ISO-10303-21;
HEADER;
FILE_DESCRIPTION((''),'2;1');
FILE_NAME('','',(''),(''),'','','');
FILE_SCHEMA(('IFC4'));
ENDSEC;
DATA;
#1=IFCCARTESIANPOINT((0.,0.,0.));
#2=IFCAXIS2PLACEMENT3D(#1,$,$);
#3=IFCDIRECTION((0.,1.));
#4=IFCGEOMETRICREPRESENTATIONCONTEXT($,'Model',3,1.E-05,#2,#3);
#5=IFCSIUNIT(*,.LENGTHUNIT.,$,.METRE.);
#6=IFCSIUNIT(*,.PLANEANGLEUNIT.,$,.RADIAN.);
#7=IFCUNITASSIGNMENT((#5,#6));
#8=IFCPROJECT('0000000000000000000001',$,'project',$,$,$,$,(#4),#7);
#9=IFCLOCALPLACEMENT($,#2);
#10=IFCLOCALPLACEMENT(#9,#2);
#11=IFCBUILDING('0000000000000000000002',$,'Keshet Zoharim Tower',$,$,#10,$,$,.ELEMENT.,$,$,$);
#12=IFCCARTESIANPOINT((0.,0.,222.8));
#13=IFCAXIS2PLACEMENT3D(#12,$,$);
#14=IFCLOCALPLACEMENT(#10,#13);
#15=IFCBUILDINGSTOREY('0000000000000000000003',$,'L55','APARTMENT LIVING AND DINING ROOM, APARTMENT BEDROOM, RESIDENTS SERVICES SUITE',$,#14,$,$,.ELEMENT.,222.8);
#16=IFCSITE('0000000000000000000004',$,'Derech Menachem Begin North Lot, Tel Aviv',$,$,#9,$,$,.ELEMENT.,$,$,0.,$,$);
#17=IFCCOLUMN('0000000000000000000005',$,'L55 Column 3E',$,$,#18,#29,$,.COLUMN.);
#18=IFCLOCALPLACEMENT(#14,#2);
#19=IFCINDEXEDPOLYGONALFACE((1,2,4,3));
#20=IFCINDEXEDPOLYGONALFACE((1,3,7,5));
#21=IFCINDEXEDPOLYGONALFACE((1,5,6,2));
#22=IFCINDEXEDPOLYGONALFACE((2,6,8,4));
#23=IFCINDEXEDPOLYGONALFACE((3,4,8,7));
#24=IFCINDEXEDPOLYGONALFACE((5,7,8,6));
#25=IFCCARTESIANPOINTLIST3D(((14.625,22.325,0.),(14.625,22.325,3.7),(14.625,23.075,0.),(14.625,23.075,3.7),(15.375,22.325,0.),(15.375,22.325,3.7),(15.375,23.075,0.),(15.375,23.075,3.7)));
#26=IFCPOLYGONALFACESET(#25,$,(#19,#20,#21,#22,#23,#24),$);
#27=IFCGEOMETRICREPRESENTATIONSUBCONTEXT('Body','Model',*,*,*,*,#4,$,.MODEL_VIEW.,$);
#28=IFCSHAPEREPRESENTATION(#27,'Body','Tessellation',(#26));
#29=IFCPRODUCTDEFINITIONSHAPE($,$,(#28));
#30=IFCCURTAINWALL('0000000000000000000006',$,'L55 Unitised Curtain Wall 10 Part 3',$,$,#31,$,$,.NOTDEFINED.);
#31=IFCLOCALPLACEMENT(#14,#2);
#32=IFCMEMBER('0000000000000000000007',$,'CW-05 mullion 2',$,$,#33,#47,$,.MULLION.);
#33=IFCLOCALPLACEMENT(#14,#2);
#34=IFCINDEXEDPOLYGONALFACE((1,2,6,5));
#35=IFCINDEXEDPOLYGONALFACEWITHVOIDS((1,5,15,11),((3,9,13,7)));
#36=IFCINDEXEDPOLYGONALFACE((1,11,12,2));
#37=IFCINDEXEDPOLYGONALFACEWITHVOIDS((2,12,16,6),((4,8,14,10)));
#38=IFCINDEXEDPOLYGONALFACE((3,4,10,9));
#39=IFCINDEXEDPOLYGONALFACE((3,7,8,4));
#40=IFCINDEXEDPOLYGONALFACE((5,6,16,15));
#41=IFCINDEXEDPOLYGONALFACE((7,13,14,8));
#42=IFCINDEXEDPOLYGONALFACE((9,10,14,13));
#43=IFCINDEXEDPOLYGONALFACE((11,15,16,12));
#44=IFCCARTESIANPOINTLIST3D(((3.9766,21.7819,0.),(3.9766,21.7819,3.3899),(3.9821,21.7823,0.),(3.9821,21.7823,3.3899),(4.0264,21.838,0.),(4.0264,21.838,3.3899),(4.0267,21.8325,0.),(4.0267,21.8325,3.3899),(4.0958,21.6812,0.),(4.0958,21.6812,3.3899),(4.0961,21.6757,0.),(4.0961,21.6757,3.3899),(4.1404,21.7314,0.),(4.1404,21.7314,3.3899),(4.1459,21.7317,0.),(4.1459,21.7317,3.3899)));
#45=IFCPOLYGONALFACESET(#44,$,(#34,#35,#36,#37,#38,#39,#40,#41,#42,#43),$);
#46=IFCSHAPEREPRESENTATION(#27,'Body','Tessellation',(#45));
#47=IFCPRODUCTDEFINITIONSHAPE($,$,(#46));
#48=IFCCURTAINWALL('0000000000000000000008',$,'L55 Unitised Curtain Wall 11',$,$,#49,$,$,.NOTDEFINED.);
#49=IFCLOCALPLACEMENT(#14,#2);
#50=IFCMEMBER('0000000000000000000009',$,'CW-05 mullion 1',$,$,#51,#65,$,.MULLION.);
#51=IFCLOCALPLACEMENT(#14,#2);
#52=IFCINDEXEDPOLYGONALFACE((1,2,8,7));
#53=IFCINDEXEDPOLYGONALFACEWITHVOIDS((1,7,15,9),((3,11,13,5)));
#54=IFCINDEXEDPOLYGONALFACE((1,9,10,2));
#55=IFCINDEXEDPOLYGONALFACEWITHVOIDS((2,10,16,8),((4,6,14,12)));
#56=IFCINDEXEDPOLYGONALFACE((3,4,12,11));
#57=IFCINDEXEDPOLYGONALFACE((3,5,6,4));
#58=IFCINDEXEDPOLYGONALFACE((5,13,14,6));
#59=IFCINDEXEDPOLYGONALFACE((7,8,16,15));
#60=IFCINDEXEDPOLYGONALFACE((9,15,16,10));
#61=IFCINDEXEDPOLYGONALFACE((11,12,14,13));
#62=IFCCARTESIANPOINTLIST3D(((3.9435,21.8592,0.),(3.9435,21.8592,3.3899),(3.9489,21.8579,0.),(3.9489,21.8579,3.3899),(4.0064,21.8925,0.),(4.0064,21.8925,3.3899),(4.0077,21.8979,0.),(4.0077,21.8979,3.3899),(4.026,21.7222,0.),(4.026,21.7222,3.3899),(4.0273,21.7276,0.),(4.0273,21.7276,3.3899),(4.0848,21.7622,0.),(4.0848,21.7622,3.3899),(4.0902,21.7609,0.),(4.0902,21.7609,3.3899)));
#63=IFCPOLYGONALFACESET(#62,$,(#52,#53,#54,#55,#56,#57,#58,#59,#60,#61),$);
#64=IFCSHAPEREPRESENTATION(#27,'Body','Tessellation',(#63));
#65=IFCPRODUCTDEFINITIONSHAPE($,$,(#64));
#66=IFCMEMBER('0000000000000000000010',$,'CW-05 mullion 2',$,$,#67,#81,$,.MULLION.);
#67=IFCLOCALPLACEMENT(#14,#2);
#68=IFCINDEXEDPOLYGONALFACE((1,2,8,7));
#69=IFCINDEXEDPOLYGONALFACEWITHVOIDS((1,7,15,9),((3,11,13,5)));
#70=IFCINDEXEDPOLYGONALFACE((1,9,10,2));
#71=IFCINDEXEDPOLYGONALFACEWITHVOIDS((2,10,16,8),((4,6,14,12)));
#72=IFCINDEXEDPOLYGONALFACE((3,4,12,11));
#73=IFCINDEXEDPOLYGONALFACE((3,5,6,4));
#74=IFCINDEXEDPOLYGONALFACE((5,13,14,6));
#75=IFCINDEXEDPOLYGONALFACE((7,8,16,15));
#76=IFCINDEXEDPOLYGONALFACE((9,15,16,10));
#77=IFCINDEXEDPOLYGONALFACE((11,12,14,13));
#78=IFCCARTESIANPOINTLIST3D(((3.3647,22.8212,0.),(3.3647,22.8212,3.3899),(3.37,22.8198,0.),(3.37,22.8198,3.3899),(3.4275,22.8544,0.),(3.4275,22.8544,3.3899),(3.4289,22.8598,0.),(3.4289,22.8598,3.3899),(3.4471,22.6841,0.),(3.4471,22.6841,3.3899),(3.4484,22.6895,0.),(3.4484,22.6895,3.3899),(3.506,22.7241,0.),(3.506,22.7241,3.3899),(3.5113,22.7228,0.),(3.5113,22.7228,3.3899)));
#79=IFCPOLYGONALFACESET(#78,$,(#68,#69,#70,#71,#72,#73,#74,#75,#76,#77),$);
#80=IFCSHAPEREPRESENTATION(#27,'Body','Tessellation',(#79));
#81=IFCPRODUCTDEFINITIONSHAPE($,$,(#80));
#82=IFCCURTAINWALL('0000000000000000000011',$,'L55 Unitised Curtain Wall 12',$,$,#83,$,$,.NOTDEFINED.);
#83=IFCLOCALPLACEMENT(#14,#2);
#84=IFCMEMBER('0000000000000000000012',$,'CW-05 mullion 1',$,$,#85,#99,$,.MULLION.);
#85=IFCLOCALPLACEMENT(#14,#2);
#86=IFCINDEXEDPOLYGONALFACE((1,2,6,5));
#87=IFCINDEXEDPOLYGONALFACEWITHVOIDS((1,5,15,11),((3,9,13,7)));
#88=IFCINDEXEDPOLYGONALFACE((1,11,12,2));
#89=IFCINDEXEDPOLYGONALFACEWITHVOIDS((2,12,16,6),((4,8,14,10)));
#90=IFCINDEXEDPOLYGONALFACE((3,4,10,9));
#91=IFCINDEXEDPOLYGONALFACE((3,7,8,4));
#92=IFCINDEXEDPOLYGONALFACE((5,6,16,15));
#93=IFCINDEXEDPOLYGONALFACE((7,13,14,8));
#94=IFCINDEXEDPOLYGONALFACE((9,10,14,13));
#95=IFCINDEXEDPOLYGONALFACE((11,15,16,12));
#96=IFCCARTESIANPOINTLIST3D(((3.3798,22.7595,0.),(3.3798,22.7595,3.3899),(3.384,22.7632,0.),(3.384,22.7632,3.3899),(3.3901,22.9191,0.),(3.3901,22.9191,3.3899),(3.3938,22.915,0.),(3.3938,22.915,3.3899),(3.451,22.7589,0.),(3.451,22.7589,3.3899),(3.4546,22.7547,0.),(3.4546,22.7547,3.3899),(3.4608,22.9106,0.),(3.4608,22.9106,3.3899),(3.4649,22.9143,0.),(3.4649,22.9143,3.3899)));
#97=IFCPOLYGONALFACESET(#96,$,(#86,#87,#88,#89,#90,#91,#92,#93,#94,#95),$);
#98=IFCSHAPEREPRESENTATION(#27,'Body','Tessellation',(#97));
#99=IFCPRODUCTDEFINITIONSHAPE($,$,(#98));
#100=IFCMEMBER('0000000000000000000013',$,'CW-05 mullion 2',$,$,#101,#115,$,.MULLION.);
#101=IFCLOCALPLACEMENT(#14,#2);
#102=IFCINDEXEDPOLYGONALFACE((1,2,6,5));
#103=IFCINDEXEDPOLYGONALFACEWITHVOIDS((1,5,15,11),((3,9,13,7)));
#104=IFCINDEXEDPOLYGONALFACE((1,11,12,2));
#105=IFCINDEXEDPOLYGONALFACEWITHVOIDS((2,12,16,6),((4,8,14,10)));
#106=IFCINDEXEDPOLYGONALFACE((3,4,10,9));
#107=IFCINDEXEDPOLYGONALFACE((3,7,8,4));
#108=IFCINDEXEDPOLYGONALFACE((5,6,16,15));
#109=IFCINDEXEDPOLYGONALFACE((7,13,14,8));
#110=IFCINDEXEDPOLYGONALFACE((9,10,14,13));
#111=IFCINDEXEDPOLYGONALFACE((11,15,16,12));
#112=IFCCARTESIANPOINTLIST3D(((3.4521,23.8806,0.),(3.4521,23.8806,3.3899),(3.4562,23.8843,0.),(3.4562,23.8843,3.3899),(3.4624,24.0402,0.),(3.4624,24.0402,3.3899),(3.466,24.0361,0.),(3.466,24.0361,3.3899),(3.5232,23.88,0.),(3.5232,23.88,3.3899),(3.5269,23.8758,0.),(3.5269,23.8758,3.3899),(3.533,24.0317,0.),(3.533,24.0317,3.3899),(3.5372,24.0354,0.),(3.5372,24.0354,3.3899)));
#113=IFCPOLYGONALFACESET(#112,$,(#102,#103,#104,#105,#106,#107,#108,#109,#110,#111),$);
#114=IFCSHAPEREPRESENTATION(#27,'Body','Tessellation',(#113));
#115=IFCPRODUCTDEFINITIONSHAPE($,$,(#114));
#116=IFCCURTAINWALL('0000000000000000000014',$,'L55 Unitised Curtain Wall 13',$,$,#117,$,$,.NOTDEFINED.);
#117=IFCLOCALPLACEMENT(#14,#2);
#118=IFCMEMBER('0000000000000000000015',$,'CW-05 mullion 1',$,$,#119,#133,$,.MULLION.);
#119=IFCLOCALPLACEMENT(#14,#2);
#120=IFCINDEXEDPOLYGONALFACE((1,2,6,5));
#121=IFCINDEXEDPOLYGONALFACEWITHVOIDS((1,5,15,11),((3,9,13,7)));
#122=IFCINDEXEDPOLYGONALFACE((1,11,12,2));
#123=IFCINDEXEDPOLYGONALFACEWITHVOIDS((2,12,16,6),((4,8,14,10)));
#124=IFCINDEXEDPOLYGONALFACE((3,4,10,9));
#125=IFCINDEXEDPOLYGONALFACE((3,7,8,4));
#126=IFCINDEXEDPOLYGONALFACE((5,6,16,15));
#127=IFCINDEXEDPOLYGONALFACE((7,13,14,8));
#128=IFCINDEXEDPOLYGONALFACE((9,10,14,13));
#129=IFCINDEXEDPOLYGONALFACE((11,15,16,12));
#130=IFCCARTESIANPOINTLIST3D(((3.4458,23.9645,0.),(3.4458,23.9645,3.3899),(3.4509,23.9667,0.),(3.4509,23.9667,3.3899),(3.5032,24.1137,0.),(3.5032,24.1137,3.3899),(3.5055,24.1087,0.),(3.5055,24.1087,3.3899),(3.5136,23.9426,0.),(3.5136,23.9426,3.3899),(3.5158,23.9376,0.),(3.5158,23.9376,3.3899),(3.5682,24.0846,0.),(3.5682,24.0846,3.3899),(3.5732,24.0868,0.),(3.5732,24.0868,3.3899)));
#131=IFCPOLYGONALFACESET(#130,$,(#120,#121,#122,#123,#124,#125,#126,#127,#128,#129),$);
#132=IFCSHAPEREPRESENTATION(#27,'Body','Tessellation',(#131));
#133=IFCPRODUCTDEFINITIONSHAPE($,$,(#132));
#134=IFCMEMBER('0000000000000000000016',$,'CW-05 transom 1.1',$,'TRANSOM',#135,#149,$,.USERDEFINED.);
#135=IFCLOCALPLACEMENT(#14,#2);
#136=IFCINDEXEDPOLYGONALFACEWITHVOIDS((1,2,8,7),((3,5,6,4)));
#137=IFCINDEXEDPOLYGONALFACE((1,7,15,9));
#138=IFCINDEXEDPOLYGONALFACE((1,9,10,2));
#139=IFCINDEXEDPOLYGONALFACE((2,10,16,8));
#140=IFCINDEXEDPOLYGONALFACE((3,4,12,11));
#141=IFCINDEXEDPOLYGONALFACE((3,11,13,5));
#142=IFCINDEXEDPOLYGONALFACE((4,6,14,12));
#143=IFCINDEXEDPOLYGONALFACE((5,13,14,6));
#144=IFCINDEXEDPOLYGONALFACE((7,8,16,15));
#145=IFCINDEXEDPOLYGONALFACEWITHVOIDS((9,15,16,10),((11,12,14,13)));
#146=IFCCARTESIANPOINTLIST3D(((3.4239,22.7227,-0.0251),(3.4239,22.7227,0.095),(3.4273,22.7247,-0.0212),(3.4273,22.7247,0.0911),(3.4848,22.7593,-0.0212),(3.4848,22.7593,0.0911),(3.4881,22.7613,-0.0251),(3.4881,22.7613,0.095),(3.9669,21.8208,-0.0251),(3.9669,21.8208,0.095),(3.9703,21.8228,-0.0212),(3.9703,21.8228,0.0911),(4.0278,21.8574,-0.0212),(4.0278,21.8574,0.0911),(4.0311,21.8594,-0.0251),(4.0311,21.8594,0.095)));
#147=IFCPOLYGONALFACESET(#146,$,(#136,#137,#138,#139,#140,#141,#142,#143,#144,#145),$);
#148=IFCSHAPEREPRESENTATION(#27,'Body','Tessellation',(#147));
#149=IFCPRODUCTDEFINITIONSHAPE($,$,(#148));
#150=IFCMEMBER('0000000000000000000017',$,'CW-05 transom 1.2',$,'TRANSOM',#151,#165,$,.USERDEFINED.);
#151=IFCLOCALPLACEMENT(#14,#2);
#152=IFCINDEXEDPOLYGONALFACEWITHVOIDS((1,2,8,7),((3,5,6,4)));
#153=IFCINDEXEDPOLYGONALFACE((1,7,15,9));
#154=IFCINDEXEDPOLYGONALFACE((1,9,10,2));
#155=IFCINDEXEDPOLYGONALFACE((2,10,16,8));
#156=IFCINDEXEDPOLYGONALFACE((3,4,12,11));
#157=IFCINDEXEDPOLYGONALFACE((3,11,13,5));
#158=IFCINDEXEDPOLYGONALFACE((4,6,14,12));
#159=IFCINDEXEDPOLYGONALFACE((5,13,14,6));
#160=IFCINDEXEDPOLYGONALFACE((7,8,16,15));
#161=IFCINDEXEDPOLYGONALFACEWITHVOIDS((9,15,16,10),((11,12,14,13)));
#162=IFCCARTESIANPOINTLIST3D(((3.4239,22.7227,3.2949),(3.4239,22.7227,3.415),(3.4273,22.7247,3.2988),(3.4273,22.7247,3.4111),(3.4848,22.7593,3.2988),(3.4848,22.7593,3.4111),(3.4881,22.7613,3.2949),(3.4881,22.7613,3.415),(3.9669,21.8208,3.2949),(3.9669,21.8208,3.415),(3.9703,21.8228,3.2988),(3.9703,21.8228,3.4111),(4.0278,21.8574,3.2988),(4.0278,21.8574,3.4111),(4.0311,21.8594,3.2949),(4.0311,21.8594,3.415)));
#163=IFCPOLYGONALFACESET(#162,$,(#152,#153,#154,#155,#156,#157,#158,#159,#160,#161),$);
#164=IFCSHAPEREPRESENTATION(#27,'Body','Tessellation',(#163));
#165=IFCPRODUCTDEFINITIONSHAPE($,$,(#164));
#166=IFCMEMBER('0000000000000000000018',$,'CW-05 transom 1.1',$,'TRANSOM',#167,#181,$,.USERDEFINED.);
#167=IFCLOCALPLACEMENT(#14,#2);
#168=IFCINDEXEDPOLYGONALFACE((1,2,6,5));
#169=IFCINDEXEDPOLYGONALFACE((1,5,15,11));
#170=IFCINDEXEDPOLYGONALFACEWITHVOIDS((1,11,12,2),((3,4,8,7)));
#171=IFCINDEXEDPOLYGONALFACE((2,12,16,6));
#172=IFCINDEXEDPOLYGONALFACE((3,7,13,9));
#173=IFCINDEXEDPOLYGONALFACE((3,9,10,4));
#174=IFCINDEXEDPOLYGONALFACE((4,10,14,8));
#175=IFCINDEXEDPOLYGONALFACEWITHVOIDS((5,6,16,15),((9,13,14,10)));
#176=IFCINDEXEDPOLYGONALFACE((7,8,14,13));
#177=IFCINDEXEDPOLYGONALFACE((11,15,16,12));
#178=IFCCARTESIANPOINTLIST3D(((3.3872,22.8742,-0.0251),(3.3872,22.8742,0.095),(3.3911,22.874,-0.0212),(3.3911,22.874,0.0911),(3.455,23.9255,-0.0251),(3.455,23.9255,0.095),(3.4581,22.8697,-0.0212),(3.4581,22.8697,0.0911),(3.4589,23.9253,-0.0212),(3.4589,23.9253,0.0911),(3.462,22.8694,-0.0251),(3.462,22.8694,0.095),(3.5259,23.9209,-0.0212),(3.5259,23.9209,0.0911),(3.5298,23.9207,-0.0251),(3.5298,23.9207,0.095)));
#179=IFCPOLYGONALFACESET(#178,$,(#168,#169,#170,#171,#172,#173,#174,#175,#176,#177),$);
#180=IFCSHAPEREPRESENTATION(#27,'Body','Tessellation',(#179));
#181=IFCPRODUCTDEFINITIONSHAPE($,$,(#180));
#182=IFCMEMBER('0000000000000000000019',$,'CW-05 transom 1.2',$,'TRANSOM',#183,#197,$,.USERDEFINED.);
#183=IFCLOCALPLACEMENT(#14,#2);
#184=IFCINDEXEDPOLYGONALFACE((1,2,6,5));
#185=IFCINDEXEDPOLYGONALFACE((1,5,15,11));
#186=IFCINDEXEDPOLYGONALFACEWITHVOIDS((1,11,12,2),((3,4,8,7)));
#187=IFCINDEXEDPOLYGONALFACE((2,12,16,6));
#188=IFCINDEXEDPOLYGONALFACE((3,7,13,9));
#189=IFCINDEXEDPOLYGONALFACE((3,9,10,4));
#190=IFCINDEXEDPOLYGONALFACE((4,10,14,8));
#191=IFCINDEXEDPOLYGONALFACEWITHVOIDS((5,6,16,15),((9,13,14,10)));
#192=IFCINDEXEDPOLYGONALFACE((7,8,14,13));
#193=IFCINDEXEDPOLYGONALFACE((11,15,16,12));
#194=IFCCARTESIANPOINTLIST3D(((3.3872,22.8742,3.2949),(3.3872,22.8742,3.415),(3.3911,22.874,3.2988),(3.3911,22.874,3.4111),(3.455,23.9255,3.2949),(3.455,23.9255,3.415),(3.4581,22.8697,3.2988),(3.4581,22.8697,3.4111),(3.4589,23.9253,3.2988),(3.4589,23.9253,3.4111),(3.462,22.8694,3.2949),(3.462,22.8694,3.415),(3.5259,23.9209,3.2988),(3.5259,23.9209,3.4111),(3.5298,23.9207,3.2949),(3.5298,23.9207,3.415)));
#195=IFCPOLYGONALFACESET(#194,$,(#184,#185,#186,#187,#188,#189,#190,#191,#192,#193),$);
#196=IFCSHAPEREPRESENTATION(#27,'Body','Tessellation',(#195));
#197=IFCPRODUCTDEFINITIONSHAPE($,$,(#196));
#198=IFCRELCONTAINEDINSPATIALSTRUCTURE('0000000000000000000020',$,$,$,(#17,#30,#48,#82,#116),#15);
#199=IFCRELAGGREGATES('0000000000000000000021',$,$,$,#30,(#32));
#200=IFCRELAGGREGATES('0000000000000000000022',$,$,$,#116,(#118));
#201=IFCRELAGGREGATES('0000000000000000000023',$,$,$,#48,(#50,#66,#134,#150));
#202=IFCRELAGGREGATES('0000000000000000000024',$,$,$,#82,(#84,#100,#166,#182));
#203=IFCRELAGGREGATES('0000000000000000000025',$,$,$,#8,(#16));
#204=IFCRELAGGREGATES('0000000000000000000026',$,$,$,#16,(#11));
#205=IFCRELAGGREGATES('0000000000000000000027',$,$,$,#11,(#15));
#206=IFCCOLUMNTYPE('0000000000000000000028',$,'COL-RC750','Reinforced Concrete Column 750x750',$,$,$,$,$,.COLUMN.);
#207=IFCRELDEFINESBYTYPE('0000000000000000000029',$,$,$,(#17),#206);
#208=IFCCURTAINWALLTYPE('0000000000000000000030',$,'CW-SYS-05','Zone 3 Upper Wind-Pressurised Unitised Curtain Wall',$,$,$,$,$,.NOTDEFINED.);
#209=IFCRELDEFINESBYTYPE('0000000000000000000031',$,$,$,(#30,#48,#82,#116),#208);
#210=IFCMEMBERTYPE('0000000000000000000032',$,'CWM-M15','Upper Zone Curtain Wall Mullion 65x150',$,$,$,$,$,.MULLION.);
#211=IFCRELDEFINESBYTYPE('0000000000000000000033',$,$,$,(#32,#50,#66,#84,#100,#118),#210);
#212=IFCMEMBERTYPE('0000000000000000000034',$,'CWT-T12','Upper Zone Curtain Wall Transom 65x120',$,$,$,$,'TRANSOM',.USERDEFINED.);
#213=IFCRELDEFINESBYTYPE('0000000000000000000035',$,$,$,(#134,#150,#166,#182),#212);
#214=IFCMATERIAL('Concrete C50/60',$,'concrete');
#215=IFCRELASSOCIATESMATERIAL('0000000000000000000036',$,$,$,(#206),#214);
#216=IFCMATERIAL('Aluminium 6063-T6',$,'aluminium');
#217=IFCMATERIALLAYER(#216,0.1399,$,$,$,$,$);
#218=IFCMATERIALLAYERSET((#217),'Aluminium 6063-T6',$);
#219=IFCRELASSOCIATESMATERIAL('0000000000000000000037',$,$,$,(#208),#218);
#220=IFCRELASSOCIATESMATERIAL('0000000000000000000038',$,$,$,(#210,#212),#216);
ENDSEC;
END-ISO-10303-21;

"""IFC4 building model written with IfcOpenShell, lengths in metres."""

from ifc_helpers import new_model, si_unit, direction, frame, origin, origin_2d, place, context, subcontext, project, spatial, rectangle, hollow_rectangle, extrude, material, layer, layer_set, material_profile, profile_set, type_object, element, aggregate, save


model = new_model("IFC4")

# Units and contexts
model_context = context("Model", 3, precision=1e-05, world=origin(), true_north=direction((0.0, 1.0)))
body_context = subcontext(model_context, "Body", "Model", "MODEL_VIEW")
ifc_project = project(units=[si_unit("LENGTHUNIT", "METRE"), si_unit("PLANEANGLEUNIT", "RADIAN")], contexts=[model_context])

# Site, building, storey
site_placement = place(None, origin())
site = spatial("IfcSite", under=ifc_project, at=site_placement, Name="Derech Menachem Begin North Lot, Tel Aviv", CompositionType="ELEMENT", RefElevation=0.0)
building_placement = place(site_placement, origin())
building = spatial("IfcBuilding", under=site, at=building_placement, Name="Keshet Zoharim Tower", CompositionType="ELEMENT")
storey_placement = place(building_placement, frame((0.0, 0.0, 222.8)))
storey = spatial("IfcBuildingStorey", under=building, at=storey_placement, Name="L55", Description="APARTMENT LIVING AND DINING ROOM, APARTMENT BEDROOM, RESIDENTS SERVICES SUITE", CompositionType="ELEMENT", Elevation=222.8)

# Column
ifc_material_1 = material(Name="Concrete C50/60", Category="concrete")
ifc_material_profile_1 = material_profile(ifc_material_1, rectangle(XDim=0.75, YDim=0.75, at=origin_2d()), Name="RC750x750")
ifc_profile_set_1 = profile_set([ifc_material_profile_1], Name="Concrete C50/60")
column_type = type_object("IfcColumnType", Name="COL-RC750", Description="Reinforced Concrete Column 750x750", PredefinedType="COLUMN", material=ifc_profile_set_1)
column_placement = place(storey_placement, frame((15.0, 22.7, 0.0), z_axis=(0.0, 0.0, 1.0), x_axis=(1.0, 0.0, 0.0)))
element("IfcColumn", 1, at=column_placement, inside=storey, type_object=column_type, Name="L55 Column 3E", PredefinedType="COLUMN", context=body_context, shape_type="SweptSolid", body=[
    extrude(rectangle(XDim=0.75, YDim=0.75, at=origin_2d()), origin(), (0.0, 0.0, 1.0), 3.7),
])

# Curtain wall, member
ifc_material_2 = material(Name="Aluminium 6063-T6", Category="aluminium")
ifc_layer_1 = layer(ifc_material_2, 0.1399)
ifc_layer_set_1 = layer_set([ifc_layer_1], Name="Aluminium 6063-T6")
curtain_wall_type = type_object("IfcCurtainWallType", Name="CW-SYS-05", Description="Zone 3 Upper Wind-Pressurised Unitised Curtain Wall", PredefinedType="NOTDEFINED", material=ifc_layer_set_1)
curtain_wall_1_placement = place(storey_placement, origin())
curtain_wall_1 = element("IfcCurtainWall", 2, at=curtain_wall_1_placement, inside=storey, type_object=curtain_wall_type, Name="L55 Unitised Curtain Wall 10 Part 3", PredefinedType="NOTDEFINED")
ifc_material_profile_2 = material_profile(ifc_material_2, hollow_rectangle(XDim=0.075, YDim=0.1599, WallThickness=0.0039, at=origin_2d()), Name="MUL-75x160")
ifc_profile_set_2 = profile_set([ifc_material_profile_2], Name="Aluminium 6063-T6")
member_type_1 = type_object("IfcMemberType", Name="CWM-M15", Description="Upper Zone Curtain Wall Mullion 65x150", PredefinedType="MULLION", material=ifc_profile_set_2)
member_1_placement = place(storey_placement, frame((4.0613, 21.7568, 0.0), z_axis=(0.0, 0.0, 1.0), x_axis=(-0.664364, -0.747409, 0.0)))
member_1 = element("IfcMember", 3, at=member_1_placement, type_object=member_type_1, Name="CW-05 mullion 2", PredefinedType="MULLION", context=body_context, shape_type="SweptSolid", body=[
    extrude(hollow_rectangle(XDim=0.075, YDim=0.1599, WallThickness=0.0039, at=origin_2d()), origin(), (0.0, 0.0, 1.0), 3.3899),
])
aggregate(curtain_wall_1, [member_1])

# Curtain walls, members
curtain_wall_2_placement = place(storey_placement, origin())
curtain_wall_2 = element("IfcCurtainWall", 4, at=curtain_wall_2_placement, inside=storey, type_object=curtain_wall_type, Name="L55 Unitised Curtain Wall 11", PredefinedType="NOTDEFINED")
member_2_placement = place(storey_placement, frame((4.0168, 21.8101, 0.0), z_axis=(0.0, 0.0, 1.0), x_axis=(-0.856826, -0.515605, 0.0)))
member_2 = element("IfcMember", 5, at=member_2_placement, type_object=member_type_1, Name="CW-05 mullion 1", PredefinedType="MULLION", context=body_context, shape_type="SweptSolid", body=[
    extrude(hollow_rectangle(XDim=0.075, YDim=0.1599, WallThickness=0.0039, at=origin_2d()), origin(), (0.0, 0.0, 1.0), 3.3899),
])
member_3_placement = place(storey_placement, frame((3.438, 22.772, 0.0), z_axis=(0.0, 0.0, 1.0), x_axis=(-0.856826, -0.515605, 0.0)))
member_3 = element("IfcMember", 6, at=member_3_placement, type_object=member_type_1, Name="CW-05 mullion 2", PredefinedType="MULLION", context=body_context, shape_type="SweptSolid", body=[
    extrude(hollow_rectangle(XDim=0.075, YDim=0.1599, WallThickness=0.0039, at=origin_2d()), origin(), (0.0, 0.0, 1.0), 3.3899),
])
curtain_wall_3_placement = place(storey_placement, origin())
curtain_wall_3 = element("IfcCurtainWall", 7, at=curtain_wall_3_placement, inside=storey, type_object=curtain_wall_type, Name="L55 Unitised Curtain Wall 12", PredefinedType="NOTDEFINED")
member_4_placement = place(storey_placement, frame((3.4224, 22.8369, 0.0), z_axis=(0.0, 0.0, 1.0), x_axis=(-0.997917, 0.064517, 0.0)))
member_4 = element("IfcMember", 8, at=member_4_placement, type_object=member_type_1, Name="CW-05 mullion 1", PredefinedType="MULLION", context=body_context, shape_type="SweptSolid", body=[
    extrude(hollow_rectangle(XDim=0.075, YDim=0.1599, WallThickness=0.0039, at=origin_2d()), origin(), (0.0, 0.0, 1.0), 3.3899),
])
member_5_placement = place(storey_placement, frame((3.4946, 23.958, 0.0), z_axis=(0.0, 0.0, 1.0), x_axis=(-0.997917, 0.064517, 0.0)))
member_5 = element("IfcMember", 9, at=member_5_placement, type_object=member_type_1, Name="CW-05 mullion 2", PredefinedType="MULLION", context=body_context, shape_type="SweptSolid", body=[
    extrude(hollow_rectangle(XDim=0.075, YDim=0.1599, WallThickness=0.0039, at=origin_2d()), origin(), (0.0, 0.0, 1.0), 3.3899),
])

# Curtain wall, member
curtain_wall_4_placement = place(storey_placement, origin())
curtain_wall_4 = element("IfcCurtainWall", 10, at=curtain_wall_4_placement, inside=storey, type_object=curtain_wall_type, Name="L55 Unitised Curtain Wall 13", PredefinedType="NOTDEFINED")
member_6_placement = place(storey_placement, frame((3.5095, 24.0256, 0.0), z_axis=(0.0, 0.0, 1.0), x_axis=(-0.933341, 0.35899, 0.0)))
member_6 = element("IfcMember", 11, at=member_6_placement, type_object=member_type_1, Name="CW-05 mullion 1", PredefinedType="MULLION", context=body_context, shape_type="SweptSolid", body=[
    extrude(hollow_rectangle(XDim=0.075, YDim=0.1599, WallThickness=0.0039, at=origin_2d()), origin(), (0.0, 0.0, 1.0), 3.3899),
])

# Members
ifc_material_profile_3 = material_profile(ifc_material_2, hollow_rectangle(XDim=0.075, YDim=0.1201, WallThickness=0.0039, at=origin_2d()), Name="TRN-75x120")
ifc_profile_set_3 = profile_set([ifc_material_profile_3], Name="Aluminium 6063-T6")
member_type_2 = type_object("IfcMemberType", Name="CWT-T12", Description="Upper Zone Curtain Wall Transom 65x120", ElementType="TRANSOM", PredefinedType="USERDEFINED", material=ifc_profile_set_3)
member_7_placement = place(storey_placement, frame((3.999, 21.8401, 0.0349), z_axis=(-0.515791, 0.856714, 0.0), x_axis=(-0.856714, -0.515791, 0.0)))
member_7 = element("IfcMember", 12, at=member_7_placement, type_object=member_type_2, Name="CW-05 transom 1.1", ObjectType="TRANSOM", PredefinedType="USERDEFINED", context=body_context, shape_type="SweptSolid", body=[
    extrude(hollow_rectangle(XDim=0.075, YDim=0.1201, WallThickness=0.0039, at=origin_2d()), origin(), (0.0, 0.0, 1.0), 1.0527),
])
member_8_placement = place(storey_placement, frame((3.999, 21.8401, 3.355), z_axis=(-0.515791, 0.856714, 0.0), x_axis=(-0.856714, -0.515791, 0.0)))
member_8 = element("IfcMember", 13, at=member_8_placement, type_object=member_type_2, Name="CW-05 transom 1.2", ObjectType="TRANSOM", PredefinedType="USERDEFINED", context=body_context, shape_type="SweptSolid", body=[
    extrude(hollow_rectangle(XDim=0.075, YDim=0.1201, WallThickness=0.0039, at=origin_2d()), origin(), (0.0, 0.0, 1.0), 1.0527),
])
member_9_placement = place(storey_placement, frame((3.4246, 22.8718, 0.0349), z_axis=(0.064427, 0.997922, 0.0), x_axis=(-0.997922, 0.064427, 0.0)))
member_9 = element("IfcMember", 14, at=member_9_placement, type_object=member_type_2, Name="CW-05 transom 1.1", ObjectType="TRANSOM", PredefinedType="USERDEFINED", context=body_context, shape_type="SweptSolid", body=[
    extrude(hollow_rectangle(XDim=0.075, YDim=0.1201, WallThickness=0.0039, at=origin_2d()), origin(), (0.0, 0.0, 1.0), 1.0535),
])
member_10_placement = place(storey_placement, frame((3.4246, 22.8718, 3.355), z_axis=(0.064427, 0.997922, 0.0), x_axis=(-0.997922, 0.064427, 0.0)))
member_10 = element("IfcMember", 15, at=member_10_placement, type_object=member_type_2, Name="CW-05 transom 1.2", ObjectType="TRANSOM", PredefinedType="USERDEFINED", context=body_context, shape_type="SweptSolid", body=[
    extrude(hollow_rectangle(XDim=0.075, YDim=0.1201, WallThickness=0.0039, at=origin_2d()), origin(), (0.0, 0.0, 1.0), 1.0535),
])
aggregate(curtain_wall_4, [member_6])

aggregate(curtain_wall_2, [member_2, member_3, member_7, member_8])
aggregate(curtain_wall_3, [member_4, member_5, member_9, member_10])

save(model, "model.ifc")
